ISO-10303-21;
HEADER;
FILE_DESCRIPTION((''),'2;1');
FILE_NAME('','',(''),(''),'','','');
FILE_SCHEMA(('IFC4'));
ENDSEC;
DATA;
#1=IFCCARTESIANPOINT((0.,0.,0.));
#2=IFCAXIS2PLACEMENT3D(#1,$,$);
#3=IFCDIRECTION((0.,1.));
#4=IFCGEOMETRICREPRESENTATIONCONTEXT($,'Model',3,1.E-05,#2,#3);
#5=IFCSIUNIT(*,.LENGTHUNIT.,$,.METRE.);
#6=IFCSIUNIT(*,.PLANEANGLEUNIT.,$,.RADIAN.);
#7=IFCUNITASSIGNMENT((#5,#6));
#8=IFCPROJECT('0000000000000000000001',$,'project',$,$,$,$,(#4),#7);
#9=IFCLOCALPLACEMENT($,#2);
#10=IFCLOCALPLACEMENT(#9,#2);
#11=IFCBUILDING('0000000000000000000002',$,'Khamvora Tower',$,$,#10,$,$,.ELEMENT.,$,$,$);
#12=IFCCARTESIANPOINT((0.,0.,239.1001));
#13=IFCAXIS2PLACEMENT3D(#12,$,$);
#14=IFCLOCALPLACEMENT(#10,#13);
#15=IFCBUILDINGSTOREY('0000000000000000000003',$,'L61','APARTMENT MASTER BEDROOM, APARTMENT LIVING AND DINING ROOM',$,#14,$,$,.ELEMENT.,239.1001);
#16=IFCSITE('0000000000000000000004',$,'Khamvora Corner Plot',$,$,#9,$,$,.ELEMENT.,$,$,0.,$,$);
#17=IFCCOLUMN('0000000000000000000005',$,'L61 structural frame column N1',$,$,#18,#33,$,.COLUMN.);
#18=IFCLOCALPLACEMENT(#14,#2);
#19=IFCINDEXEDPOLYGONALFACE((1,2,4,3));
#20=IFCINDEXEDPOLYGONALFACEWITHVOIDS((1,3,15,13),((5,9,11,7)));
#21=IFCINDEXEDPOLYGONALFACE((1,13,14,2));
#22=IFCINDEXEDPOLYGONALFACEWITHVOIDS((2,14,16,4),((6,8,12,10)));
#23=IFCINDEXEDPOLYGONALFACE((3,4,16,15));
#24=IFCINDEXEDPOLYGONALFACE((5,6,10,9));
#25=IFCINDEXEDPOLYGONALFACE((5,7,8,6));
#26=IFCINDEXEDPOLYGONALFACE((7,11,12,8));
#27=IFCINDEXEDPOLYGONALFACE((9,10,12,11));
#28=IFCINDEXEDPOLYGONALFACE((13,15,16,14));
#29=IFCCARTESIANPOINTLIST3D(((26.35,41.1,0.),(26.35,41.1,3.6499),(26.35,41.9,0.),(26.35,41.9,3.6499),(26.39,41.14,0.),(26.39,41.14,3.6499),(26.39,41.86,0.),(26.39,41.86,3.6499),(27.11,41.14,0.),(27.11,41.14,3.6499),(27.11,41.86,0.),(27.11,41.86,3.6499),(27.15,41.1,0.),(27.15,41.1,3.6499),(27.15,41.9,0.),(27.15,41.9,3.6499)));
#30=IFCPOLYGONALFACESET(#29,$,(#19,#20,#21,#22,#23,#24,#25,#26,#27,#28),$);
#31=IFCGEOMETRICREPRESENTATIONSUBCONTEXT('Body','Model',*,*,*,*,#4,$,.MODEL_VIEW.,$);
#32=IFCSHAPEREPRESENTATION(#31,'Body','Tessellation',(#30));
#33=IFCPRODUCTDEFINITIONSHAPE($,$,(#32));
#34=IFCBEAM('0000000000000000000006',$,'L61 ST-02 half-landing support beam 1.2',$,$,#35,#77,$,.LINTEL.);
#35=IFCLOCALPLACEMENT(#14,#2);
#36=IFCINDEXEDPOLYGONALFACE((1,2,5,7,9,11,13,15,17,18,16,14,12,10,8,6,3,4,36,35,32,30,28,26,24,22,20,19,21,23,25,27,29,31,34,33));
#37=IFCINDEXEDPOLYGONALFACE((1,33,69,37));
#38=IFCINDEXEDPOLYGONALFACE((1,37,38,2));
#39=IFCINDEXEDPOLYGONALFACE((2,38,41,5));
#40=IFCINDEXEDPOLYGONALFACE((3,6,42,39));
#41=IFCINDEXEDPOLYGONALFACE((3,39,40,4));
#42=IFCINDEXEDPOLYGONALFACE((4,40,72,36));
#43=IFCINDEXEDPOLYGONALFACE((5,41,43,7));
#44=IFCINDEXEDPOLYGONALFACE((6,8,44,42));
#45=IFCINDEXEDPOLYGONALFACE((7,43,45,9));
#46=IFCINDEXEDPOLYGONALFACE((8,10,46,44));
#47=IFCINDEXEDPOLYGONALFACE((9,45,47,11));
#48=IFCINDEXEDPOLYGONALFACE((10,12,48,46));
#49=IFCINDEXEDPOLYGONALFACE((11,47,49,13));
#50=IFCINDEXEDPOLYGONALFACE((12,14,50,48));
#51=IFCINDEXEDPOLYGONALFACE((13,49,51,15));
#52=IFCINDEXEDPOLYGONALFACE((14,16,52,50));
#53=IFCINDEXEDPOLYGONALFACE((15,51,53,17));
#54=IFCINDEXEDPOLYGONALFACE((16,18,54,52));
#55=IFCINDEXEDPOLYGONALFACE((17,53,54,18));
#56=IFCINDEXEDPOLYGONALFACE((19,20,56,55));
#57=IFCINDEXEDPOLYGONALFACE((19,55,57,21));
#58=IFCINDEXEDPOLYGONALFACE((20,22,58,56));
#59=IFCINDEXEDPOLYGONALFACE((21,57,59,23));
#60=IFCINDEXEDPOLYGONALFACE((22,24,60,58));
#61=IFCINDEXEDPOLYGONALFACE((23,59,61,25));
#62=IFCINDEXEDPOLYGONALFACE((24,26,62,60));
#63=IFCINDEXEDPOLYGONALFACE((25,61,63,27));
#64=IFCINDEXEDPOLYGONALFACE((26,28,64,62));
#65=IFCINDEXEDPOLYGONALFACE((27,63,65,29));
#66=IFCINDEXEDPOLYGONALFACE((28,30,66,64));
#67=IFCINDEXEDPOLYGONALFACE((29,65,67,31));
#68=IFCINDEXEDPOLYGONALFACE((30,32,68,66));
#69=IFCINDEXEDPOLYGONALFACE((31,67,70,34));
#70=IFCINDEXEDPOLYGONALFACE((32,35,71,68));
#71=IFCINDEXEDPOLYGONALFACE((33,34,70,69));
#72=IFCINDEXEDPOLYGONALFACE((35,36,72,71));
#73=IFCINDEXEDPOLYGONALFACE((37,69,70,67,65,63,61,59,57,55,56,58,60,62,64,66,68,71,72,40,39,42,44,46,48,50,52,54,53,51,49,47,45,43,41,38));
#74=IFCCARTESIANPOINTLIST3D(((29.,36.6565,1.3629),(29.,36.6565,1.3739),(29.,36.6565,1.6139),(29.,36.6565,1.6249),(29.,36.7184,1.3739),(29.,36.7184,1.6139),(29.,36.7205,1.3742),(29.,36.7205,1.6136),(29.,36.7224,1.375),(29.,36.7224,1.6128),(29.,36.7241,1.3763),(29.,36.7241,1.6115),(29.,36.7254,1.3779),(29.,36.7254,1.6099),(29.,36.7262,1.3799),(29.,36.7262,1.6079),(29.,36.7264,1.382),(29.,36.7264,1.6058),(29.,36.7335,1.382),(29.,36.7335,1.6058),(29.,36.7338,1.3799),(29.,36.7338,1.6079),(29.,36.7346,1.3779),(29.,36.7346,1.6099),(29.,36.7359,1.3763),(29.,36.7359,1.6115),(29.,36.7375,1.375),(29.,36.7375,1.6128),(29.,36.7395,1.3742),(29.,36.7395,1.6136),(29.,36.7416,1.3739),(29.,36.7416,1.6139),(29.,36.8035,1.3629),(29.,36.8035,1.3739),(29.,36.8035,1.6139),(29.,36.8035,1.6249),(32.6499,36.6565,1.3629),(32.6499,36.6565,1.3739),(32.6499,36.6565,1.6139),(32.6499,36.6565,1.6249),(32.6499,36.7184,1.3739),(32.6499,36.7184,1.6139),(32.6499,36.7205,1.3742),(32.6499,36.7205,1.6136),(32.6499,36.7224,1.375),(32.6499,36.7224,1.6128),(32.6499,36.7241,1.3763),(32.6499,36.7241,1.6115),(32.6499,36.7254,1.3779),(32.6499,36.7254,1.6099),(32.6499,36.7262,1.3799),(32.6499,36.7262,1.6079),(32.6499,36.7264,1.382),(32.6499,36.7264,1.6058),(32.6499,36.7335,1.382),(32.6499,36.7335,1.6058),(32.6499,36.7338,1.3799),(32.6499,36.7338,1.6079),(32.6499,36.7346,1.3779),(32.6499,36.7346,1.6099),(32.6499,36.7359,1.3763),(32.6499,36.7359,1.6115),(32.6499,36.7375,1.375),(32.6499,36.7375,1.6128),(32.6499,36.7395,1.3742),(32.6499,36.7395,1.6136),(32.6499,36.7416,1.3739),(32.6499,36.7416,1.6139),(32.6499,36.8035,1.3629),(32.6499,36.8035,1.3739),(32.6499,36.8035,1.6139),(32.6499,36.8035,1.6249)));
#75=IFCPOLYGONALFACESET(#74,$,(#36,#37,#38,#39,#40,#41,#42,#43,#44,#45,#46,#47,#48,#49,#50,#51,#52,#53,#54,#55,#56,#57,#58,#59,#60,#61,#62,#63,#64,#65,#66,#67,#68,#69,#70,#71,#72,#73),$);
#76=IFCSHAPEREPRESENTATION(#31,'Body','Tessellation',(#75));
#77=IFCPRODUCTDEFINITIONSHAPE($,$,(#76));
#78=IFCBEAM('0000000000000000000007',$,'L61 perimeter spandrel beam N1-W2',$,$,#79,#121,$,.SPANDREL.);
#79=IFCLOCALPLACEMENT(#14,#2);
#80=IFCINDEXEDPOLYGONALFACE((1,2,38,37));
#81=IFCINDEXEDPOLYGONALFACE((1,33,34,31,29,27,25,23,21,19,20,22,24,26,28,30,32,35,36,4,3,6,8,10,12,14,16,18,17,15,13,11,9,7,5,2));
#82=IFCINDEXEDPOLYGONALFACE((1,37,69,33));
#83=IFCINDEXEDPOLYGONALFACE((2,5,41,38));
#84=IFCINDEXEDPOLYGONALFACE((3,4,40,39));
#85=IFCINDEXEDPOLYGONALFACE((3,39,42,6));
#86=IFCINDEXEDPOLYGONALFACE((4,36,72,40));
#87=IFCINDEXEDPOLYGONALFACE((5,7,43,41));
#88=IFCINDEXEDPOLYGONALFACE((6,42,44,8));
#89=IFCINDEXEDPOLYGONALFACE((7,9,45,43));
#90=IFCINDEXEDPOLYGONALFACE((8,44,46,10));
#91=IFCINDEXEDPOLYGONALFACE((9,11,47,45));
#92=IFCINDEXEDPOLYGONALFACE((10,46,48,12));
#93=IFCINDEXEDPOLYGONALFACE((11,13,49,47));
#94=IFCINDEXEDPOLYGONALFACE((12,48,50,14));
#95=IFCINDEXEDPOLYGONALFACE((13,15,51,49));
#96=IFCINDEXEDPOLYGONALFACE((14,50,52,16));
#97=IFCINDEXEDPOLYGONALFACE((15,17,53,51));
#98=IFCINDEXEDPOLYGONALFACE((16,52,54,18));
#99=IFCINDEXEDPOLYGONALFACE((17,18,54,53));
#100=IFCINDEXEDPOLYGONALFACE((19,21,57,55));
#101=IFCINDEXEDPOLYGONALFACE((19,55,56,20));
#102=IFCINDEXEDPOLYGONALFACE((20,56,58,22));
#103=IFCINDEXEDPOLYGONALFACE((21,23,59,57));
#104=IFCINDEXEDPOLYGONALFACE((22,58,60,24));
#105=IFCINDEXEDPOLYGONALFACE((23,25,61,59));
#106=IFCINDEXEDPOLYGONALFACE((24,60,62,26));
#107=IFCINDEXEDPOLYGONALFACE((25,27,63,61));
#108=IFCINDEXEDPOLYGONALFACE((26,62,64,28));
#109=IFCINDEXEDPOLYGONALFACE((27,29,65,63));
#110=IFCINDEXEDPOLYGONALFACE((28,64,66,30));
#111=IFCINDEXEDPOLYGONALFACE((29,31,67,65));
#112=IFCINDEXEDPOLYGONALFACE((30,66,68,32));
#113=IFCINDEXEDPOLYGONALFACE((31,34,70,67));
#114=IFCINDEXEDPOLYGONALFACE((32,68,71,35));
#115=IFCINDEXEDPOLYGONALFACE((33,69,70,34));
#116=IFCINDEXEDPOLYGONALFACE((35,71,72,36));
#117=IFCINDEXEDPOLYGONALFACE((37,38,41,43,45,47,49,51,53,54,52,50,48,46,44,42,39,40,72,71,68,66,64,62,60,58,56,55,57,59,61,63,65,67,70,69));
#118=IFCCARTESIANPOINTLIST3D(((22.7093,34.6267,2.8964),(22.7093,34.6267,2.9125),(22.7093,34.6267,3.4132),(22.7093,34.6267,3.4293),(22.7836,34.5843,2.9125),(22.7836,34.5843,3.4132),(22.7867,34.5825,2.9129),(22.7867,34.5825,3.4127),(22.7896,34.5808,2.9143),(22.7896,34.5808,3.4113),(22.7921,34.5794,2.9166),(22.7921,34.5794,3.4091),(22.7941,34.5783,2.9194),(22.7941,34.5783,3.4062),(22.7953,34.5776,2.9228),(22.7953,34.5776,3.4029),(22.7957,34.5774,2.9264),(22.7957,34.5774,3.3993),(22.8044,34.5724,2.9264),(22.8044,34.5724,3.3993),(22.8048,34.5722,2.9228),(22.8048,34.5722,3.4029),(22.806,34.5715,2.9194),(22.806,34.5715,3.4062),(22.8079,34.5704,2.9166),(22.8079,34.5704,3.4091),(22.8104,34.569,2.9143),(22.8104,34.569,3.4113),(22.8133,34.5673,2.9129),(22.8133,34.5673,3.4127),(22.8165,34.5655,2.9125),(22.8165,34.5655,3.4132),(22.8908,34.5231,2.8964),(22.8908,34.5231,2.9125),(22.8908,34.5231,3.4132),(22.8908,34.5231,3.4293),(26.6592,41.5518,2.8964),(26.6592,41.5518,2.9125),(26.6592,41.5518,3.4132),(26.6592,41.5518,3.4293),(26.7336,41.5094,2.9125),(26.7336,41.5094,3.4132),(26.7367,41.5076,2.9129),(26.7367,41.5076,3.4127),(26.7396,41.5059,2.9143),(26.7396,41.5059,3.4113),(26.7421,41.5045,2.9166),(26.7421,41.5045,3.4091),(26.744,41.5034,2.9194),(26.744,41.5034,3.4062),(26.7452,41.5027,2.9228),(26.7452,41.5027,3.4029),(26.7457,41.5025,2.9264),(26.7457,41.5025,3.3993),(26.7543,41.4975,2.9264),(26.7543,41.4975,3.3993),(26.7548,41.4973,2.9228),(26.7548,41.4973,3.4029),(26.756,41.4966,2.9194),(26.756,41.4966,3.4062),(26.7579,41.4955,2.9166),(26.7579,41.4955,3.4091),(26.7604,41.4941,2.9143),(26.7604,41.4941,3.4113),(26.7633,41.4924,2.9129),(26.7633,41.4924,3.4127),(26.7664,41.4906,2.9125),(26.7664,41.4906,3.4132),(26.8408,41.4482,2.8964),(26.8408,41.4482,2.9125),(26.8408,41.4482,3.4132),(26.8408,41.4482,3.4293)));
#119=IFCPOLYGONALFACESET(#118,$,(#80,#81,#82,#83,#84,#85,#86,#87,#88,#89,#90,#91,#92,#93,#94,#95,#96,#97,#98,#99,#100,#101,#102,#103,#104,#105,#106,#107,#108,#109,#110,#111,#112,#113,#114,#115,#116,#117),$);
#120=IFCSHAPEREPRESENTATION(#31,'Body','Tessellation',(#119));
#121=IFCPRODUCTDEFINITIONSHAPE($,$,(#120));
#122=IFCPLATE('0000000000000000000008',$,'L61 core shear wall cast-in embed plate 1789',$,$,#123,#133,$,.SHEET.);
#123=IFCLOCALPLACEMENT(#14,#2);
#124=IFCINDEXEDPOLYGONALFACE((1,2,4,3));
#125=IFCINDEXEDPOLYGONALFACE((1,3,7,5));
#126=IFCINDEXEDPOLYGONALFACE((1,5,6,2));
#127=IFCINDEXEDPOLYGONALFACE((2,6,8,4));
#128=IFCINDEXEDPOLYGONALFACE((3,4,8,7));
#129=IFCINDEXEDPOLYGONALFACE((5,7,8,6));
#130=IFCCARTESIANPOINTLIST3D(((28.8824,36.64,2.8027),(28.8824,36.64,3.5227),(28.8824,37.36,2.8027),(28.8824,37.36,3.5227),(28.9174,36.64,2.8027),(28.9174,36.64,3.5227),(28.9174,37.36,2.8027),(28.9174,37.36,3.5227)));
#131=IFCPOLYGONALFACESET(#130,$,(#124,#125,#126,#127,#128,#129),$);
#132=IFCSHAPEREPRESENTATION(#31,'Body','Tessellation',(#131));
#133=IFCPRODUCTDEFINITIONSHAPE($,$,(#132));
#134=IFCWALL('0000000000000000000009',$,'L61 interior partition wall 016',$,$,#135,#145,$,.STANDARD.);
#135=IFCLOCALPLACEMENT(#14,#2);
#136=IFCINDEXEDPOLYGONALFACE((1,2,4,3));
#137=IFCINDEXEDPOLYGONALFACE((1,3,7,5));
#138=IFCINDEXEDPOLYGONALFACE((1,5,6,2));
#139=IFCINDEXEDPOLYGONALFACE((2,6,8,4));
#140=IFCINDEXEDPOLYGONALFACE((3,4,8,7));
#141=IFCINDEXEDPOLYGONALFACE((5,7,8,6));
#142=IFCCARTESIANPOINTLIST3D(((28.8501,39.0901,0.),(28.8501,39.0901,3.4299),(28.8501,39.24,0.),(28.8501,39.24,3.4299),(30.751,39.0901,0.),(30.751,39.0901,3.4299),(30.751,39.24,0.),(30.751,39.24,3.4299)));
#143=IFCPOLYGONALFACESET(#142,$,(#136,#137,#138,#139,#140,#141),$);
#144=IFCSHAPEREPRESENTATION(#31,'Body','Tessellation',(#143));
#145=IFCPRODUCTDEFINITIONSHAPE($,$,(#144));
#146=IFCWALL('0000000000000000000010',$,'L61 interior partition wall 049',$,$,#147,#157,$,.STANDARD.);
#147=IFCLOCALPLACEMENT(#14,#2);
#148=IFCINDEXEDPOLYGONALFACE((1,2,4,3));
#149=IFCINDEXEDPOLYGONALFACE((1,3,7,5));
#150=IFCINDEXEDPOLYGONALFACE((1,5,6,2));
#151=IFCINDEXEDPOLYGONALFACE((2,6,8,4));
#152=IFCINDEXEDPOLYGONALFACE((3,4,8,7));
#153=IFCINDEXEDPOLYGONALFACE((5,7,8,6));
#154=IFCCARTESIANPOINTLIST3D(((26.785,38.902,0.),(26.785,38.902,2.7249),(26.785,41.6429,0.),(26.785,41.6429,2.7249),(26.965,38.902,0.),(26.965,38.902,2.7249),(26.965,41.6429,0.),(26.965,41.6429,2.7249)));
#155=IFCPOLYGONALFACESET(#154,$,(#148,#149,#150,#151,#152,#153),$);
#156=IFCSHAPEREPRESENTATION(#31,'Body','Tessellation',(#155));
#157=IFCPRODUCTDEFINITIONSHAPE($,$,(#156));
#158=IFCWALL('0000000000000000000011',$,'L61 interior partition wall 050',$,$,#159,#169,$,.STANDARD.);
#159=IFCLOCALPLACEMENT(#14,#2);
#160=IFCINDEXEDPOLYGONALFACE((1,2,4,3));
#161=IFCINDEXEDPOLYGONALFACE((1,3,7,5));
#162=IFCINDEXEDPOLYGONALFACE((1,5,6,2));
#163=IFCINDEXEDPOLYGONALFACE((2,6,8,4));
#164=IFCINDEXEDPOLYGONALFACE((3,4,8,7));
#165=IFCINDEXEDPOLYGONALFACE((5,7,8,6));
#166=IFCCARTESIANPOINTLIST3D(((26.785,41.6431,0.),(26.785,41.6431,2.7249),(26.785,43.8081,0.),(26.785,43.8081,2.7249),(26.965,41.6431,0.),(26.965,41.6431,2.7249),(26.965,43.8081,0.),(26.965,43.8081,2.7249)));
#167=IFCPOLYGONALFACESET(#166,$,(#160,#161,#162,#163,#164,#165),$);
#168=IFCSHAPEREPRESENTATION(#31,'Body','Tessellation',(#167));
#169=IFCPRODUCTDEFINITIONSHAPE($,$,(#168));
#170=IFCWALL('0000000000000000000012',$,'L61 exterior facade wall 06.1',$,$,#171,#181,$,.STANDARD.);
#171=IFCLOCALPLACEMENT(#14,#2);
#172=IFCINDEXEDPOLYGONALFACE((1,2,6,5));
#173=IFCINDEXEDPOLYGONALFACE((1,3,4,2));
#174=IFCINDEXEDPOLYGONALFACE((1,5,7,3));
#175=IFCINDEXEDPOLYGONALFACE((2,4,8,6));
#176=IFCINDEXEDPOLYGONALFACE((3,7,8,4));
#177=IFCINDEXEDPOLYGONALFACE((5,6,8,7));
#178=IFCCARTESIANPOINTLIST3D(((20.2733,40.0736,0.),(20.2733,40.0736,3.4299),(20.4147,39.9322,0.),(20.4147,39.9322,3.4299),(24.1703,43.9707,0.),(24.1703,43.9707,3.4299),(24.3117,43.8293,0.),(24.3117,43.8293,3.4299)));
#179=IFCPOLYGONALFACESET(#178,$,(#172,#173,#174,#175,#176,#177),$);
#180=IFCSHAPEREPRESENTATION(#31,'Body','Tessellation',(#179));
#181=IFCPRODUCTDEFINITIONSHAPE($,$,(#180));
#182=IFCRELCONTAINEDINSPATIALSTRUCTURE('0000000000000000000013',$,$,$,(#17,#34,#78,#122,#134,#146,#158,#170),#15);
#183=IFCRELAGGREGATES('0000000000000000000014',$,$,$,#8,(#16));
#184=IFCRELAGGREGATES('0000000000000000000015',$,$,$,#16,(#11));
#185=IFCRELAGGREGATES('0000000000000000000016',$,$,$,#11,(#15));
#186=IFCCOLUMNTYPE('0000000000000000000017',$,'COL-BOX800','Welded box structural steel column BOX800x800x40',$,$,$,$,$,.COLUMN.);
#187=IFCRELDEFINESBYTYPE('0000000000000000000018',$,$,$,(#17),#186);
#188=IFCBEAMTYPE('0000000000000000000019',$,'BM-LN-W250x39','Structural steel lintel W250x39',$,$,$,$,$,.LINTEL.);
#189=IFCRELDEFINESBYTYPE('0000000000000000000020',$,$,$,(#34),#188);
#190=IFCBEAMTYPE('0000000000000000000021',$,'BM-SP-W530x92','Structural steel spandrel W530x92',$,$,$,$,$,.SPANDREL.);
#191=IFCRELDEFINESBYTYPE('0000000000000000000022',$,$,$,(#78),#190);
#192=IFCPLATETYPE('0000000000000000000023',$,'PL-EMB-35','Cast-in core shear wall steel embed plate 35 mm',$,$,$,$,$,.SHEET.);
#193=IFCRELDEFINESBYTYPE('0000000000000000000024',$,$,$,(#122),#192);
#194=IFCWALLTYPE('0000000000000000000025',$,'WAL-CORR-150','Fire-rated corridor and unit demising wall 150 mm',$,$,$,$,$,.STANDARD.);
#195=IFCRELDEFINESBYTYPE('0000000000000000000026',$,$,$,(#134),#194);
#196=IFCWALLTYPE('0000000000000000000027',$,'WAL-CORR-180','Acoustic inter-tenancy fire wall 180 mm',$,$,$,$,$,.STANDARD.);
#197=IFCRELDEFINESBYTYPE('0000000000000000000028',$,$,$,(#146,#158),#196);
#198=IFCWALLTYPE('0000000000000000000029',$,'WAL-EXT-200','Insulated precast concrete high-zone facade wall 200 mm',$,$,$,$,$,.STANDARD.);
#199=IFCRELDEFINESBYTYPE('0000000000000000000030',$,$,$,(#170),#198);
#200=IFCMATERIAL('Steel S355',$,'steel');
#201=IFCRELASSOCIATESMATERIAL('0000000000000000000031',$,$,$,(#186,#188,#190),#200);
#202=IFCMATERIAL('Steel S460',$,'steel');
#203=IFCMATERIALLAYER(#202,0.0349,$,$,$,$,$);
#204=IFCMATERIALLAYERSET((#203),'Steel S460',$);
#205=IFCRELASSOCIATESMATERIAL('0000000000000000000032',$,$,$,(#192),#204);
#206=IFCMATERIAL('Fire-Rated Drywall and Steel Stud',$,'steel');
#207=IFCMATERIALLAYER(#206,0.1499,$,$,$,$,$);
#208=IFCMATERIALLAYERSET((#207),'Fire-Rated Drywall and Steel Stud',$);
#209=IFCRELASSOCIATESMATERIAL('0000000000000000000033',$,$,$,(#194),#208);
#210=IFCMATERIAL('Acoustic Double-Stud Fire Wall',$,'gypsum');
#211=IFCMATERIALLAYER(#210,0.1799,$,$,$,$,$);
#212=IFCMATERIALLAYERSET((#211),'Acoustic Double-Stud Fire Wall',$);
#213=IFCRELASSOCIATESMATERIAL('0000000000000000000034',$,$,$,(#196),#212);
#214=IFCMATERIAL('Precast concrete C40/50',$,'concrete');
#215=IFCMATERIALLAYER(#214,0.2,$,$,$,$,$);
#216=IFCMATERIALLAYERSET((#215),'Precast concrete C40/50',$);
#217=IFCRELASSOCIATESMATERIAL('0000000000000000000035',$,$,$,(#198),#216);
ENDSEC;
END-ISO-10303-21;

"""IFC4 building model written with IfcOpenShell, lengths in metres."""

from ifc_helpers import new_model, si_unit, direction, frame, frame_2d, origin, origin_2d, place, context, subcontext, project, spatial, rectangle, hollow_rectangle, i_section, extrude, material, layer, layer_set, material_profile, profile_set, type_object, element, save


model = new_model("IFC4")

# Units and contexts
model_context = context("Model", 3, precision=1e-05, world=origin(), true_north=direction((0.0, 1.0)))
body_context = subcontext(model_context, "Body", "Model", "MODEL_VIEW")
ifc_project = project(units=[si_unit("LENGTHUNIT", "METRE"), si_unit("PLANEANGLEUNIT", "RADIAN")], contexts=[model_context])

# Site, building, storey
site_placement = place(None, origin())
site = spatial("IfcSite", under=ifc_project, at=site_placement, Name="Khamvora Corner Plot", CompositionType="ELEMENT", RefElevation=0.0)
building_placement = place(site_placement, origin())
building = spatial("IfcBuilding", under=site, at=building_placement, Name="Khamvora Tower", CompositionType="ELEMENT")
storey_placement = place(building_placement, frame((0.0, 0.0, 239.1001)))
storey = spatial("IfcBuildingStorey", under=building, at=storey_placement, Name="L61", Description="APARTMENT MASTER BEDROOM, APARTMENT LIVING AND DINING ROOM", CompositionType="ELEMENT", Elevation=239.1001)

# Column
ifc_material_1 = material(Name="Steel S355", Category="steel")
ifc_material_profile_1 = material_profile(ifc_material_1, hollow_rectangle(XDim=0.8, YDim=0.8, WallThickness=0.04, at=origin_2d()), Name="BOX800x800x40")
ifc_profile_set_1 = profile_set([ifc_material_profile_1], Name="Steel S355")
column_type = type_object("IfcColumnType", Name="COL-BOX800", Description="Welded box structural steel column BOX800x800x40", PredefinedType="COLUMN", material=ifc_profile_set_1)
column_placement = place(storey_placement, frame((26.75, 41.5, 0.0), z_axis=(0.0, 0.0, 1.0), x_axis=(1.0, 0.0, 0.0)))
element("IfcColumn", 1, at=column_placement, inside=storey, type_object=column_type, Name="L61 structural frame column N1", PredefinedType="COLUMN", context=body_context, shape_type="SweptSolid", body=[
    extrude(hollow_rectangle(XDim=0.8, YDim=0.8, WallThickness=0.04, at=origin_2d()), origin(), (0.0, 0.0, 1.0), 3.6499),
])

# Beams
ifc_material_profile_2 = material_profile(ifc_material_1, i_section(OverallWidth=0.147, OverallDepth=0.262, WebThickness=0.0071, FlangeThickness=0.011, FilletRadius=0.0081, at=origin_2d()), Name="W250x39")
ifc_profile_set_2 = profile_set([ifc_material_profile_2], Name="Steel S355")
beam_type_1 = type_object("IfcBeamType", Name="BM-LN-W250x39", Description="Structural steel lintel W250x39", PredefinedType="LINTEL", material=ifc_profile_set_2)
beam_1_placement = place(storey_placement, frame((29.0, 36.73, 1.4939), z_axis=(1.0, 0.0, 0.0), x_axis=(0.0, 1.0, 0.0)))
element("IfcBeam", 2, at=beam_1_placement, inside=storey, type_object=beam_type_1, Name="L61 ST-02 half-landing support beam 1.2", PredefinedType="LINTEL", context=body_context, shape_type="SweptSolid", body=[
    extrude(i_section(OverallWidth=0.147, OverallDepth=0.262, WebThickness=0.0071, FlangeThickness=0.011, FilletRadius=0.0081, at=origin_2d()), origin(), (0.0, 0.0, 1.0), 3.6499),
])
ifc_material_profile_3 = material_profile(ifc_material_1, i_section(OverallWidth=0.209, OverallDepth=0.533, WebThickness=0.01, FlangeThickness=0.0161, FilletRadius=0.0139, at=origin_2d()), Name="W530x92")
ifc_profile_set_3 = profile_set([ifc_material_profile_3], Name="Steel S355")
beam_type_2 = type_object("IfcBeamType", Name="BM-SP-W530x92", Description="Structural steel spandrel W530x92", PredefinedType="SPANDREL", material=ifc_profile_set_3)
beam_2_placement = place(storey_placement, frame((26.75, 41.5, 3.1628), z_axis=(-0.495456, -0.868633, 0.0), x_axis=(0.868633, -0.495456, 0.0)))
element("IfcBeam", 3, at=beam_2_placement, inside=storey, type_object=beam_type_2, Name="L61 perimeter spandrel beam N1-W2", PredefinedType="SPANDREL", context=body_context, shape_type="SweptSolid", body=[
    extrude(i_section(OverallWidth=0.209, OverallDepth=0.533, WebThickness=0.01, FlangeThickness=0.0161, FilletRadius=0.0139, at=origin_2d()), origin(), (0.0, 0.0, 1.0), 7.9724),
])

# Plate
ifc_material_2 = material(Name="Steel S460", Category="steel")
ifc_layer_1 = layer(ifc_material_2, 0.0349)
ifc_layer_set_1 = layer_set([ifc_layer_1], Name="Steel S460")
plate_type = type_object("IfcPlateType", Name="PL-EMB-35", Description="Cast-in core shear wall steel embed plate 35 mm", PredefinedType="SHEET", material=ifc_layer_set_1)
plate_placement = place(storey_placement, frame((28.8999, 37.0, 2.8027), z_axis=(0.0, 0.0, 1.0), x_axis=(1.0, 0.0, 0.0)))
element("IfcPlate", 4, at=plate_placement, inside=storey, type_object=plate_type, Name="L61 core shear wall cast-in embed plate 1789", PredefinedType="SHEET", context=body_context, shape_type="SweptSolid", body=[
    extrude(rectangle(XDim=0.0349, YDim=0.72, at=origin_2d()), origin(), (0.0, 0.0, 1.0), 0.72),
])

# Walls
ifc_material_3 = material(Name="Fire-Rated Drywall and Steel Stud", Category="steel")
ifc_layer_2 = layer(ifc_material_3, 0.1499)
ifc_layer_set_2 = layer_set([ifc_layer_2], Name="Fire-Rated Drywall and Steel Stud")
wall_type_1 = type_object("IfcWallType", Name="WAL-CORR-150", Description="Fire-rated corridor and unit demising wall 150 mm", PredefinedType="STANDARD", material=ifc_layer_set_2)
wall_1_placement = place(storey_placement, frame((28.8501, 39.165, 0.0), z_axis=(0.0, 0.0, 1.0), x_axis=(1.0, 0.0, 0.0)))
element("IfcWall", 5, at=wall_1_placement, inside=storey, type_object=wall_type_1, Name="L61 interior partition wall 016", PredefinedType="STANDARD", context=body_context, shape_type="SweptSolid", body=[
    extrude(rectangle(XDim=1.9009, YDim=0.1499, at=frame_2d((0.9504, 0.0))), origin(), (0.0, 0.0, 1.0), 3.4299),
])
ifc_material_4 = material(Name="Acoustic Double-Stud Fire Wall", Category="gypsum")
ifc_layer_3 = layer(ifc_material_4, 0.1799)
ifc_layer_set_3 = layer_set([ifc_layer_3], Name="Acoustic Double-Stud Fire Wall")
wall_type_2 = type_object("IfcWallType", Name="WAL-CORR-180", Description="Acoustic inter-tenancy fire wall 180 mm", PredefinedType="STANDARD", material=ifc_layer_set_3)
wall_2_placement = place(storey_placement, frame((26.875, 41.6431, 0.0), z_axis=(0.0, 0.0, 1.0), x_axis=(0.0, -1.0, 0.0)))
element("IfcWall", 6, at=wall_2_placement, inside=storey, type_object=wall_type_2, Name="L61 interior partition wall 049", PredefinedType="STANDARD", context=body_context, shape_type="SweptSolid", body=[
    extrude(rectangle(XDim=2.741, YDim=0.1799, at=frame_2d((1.3706, 0.0))), origin(), (0.0, 0.0, 1.0), 2.7249),
])
wall_3_placement = place(storey_placement, frame((26.875, 43.8081, 0.0), z_axis=(0.0, 0.0, 1.0), x_axis=(0.0, -1.0, 0.0)))
element("IfcWall", 7, at=wall_3_placement, inside=storey, type_object=wall_type_2, Name="L61 interior partition wall 050", PredefinedType="STANDARD", context=body_context, shape_type="SweptSolid", body=[
    extrude(rectangle(XDim=2.165, YDim=0.1799, at=frame_2d((1.0825, 0.0))), origin(), (0.0, 0.0, 1.0), 2.7249),
])
ifc_material_5 = material(Name="Precast concrete C40/50", Category="concrete")
ifc_layer_4 = layer(ifc_material_5, 0.2)
ifc_layer_set_4 = layer_set([ifc_layer_4], Name="Precast concrete C40/50")
wall_type_3 = type_object("IfcWallType", Name="WAL-EXT-200", Description="Insulated precast concrete high-zone facade wall 200 mm", PredefinedType="STANDARD", material=ifc_layer_set_4)
wall_4_placement = place(storey_placement, frame((20.344, 40.0029, 0.0), z_axis=(0.0, 0.0, 1.0), x_axis=(0.707107, 0.707107, 0.0)))
element("IfcWall", 8, at=wall_4_placement, inside=storey, type_object=wall_type_3, Name="L61 exterior facade wall 06.1", PredefinedType="STANDARD", context=body_context, shape_type="SweptSolid", body=[
    extrude(rectangle(XDim=5.5112, YDim=0.2, at=frame_2d((2.7556, 0.0))), origin(), (0.0, 0.0, 1.0), 3.4299),
])

save(model, "model.ifc")
